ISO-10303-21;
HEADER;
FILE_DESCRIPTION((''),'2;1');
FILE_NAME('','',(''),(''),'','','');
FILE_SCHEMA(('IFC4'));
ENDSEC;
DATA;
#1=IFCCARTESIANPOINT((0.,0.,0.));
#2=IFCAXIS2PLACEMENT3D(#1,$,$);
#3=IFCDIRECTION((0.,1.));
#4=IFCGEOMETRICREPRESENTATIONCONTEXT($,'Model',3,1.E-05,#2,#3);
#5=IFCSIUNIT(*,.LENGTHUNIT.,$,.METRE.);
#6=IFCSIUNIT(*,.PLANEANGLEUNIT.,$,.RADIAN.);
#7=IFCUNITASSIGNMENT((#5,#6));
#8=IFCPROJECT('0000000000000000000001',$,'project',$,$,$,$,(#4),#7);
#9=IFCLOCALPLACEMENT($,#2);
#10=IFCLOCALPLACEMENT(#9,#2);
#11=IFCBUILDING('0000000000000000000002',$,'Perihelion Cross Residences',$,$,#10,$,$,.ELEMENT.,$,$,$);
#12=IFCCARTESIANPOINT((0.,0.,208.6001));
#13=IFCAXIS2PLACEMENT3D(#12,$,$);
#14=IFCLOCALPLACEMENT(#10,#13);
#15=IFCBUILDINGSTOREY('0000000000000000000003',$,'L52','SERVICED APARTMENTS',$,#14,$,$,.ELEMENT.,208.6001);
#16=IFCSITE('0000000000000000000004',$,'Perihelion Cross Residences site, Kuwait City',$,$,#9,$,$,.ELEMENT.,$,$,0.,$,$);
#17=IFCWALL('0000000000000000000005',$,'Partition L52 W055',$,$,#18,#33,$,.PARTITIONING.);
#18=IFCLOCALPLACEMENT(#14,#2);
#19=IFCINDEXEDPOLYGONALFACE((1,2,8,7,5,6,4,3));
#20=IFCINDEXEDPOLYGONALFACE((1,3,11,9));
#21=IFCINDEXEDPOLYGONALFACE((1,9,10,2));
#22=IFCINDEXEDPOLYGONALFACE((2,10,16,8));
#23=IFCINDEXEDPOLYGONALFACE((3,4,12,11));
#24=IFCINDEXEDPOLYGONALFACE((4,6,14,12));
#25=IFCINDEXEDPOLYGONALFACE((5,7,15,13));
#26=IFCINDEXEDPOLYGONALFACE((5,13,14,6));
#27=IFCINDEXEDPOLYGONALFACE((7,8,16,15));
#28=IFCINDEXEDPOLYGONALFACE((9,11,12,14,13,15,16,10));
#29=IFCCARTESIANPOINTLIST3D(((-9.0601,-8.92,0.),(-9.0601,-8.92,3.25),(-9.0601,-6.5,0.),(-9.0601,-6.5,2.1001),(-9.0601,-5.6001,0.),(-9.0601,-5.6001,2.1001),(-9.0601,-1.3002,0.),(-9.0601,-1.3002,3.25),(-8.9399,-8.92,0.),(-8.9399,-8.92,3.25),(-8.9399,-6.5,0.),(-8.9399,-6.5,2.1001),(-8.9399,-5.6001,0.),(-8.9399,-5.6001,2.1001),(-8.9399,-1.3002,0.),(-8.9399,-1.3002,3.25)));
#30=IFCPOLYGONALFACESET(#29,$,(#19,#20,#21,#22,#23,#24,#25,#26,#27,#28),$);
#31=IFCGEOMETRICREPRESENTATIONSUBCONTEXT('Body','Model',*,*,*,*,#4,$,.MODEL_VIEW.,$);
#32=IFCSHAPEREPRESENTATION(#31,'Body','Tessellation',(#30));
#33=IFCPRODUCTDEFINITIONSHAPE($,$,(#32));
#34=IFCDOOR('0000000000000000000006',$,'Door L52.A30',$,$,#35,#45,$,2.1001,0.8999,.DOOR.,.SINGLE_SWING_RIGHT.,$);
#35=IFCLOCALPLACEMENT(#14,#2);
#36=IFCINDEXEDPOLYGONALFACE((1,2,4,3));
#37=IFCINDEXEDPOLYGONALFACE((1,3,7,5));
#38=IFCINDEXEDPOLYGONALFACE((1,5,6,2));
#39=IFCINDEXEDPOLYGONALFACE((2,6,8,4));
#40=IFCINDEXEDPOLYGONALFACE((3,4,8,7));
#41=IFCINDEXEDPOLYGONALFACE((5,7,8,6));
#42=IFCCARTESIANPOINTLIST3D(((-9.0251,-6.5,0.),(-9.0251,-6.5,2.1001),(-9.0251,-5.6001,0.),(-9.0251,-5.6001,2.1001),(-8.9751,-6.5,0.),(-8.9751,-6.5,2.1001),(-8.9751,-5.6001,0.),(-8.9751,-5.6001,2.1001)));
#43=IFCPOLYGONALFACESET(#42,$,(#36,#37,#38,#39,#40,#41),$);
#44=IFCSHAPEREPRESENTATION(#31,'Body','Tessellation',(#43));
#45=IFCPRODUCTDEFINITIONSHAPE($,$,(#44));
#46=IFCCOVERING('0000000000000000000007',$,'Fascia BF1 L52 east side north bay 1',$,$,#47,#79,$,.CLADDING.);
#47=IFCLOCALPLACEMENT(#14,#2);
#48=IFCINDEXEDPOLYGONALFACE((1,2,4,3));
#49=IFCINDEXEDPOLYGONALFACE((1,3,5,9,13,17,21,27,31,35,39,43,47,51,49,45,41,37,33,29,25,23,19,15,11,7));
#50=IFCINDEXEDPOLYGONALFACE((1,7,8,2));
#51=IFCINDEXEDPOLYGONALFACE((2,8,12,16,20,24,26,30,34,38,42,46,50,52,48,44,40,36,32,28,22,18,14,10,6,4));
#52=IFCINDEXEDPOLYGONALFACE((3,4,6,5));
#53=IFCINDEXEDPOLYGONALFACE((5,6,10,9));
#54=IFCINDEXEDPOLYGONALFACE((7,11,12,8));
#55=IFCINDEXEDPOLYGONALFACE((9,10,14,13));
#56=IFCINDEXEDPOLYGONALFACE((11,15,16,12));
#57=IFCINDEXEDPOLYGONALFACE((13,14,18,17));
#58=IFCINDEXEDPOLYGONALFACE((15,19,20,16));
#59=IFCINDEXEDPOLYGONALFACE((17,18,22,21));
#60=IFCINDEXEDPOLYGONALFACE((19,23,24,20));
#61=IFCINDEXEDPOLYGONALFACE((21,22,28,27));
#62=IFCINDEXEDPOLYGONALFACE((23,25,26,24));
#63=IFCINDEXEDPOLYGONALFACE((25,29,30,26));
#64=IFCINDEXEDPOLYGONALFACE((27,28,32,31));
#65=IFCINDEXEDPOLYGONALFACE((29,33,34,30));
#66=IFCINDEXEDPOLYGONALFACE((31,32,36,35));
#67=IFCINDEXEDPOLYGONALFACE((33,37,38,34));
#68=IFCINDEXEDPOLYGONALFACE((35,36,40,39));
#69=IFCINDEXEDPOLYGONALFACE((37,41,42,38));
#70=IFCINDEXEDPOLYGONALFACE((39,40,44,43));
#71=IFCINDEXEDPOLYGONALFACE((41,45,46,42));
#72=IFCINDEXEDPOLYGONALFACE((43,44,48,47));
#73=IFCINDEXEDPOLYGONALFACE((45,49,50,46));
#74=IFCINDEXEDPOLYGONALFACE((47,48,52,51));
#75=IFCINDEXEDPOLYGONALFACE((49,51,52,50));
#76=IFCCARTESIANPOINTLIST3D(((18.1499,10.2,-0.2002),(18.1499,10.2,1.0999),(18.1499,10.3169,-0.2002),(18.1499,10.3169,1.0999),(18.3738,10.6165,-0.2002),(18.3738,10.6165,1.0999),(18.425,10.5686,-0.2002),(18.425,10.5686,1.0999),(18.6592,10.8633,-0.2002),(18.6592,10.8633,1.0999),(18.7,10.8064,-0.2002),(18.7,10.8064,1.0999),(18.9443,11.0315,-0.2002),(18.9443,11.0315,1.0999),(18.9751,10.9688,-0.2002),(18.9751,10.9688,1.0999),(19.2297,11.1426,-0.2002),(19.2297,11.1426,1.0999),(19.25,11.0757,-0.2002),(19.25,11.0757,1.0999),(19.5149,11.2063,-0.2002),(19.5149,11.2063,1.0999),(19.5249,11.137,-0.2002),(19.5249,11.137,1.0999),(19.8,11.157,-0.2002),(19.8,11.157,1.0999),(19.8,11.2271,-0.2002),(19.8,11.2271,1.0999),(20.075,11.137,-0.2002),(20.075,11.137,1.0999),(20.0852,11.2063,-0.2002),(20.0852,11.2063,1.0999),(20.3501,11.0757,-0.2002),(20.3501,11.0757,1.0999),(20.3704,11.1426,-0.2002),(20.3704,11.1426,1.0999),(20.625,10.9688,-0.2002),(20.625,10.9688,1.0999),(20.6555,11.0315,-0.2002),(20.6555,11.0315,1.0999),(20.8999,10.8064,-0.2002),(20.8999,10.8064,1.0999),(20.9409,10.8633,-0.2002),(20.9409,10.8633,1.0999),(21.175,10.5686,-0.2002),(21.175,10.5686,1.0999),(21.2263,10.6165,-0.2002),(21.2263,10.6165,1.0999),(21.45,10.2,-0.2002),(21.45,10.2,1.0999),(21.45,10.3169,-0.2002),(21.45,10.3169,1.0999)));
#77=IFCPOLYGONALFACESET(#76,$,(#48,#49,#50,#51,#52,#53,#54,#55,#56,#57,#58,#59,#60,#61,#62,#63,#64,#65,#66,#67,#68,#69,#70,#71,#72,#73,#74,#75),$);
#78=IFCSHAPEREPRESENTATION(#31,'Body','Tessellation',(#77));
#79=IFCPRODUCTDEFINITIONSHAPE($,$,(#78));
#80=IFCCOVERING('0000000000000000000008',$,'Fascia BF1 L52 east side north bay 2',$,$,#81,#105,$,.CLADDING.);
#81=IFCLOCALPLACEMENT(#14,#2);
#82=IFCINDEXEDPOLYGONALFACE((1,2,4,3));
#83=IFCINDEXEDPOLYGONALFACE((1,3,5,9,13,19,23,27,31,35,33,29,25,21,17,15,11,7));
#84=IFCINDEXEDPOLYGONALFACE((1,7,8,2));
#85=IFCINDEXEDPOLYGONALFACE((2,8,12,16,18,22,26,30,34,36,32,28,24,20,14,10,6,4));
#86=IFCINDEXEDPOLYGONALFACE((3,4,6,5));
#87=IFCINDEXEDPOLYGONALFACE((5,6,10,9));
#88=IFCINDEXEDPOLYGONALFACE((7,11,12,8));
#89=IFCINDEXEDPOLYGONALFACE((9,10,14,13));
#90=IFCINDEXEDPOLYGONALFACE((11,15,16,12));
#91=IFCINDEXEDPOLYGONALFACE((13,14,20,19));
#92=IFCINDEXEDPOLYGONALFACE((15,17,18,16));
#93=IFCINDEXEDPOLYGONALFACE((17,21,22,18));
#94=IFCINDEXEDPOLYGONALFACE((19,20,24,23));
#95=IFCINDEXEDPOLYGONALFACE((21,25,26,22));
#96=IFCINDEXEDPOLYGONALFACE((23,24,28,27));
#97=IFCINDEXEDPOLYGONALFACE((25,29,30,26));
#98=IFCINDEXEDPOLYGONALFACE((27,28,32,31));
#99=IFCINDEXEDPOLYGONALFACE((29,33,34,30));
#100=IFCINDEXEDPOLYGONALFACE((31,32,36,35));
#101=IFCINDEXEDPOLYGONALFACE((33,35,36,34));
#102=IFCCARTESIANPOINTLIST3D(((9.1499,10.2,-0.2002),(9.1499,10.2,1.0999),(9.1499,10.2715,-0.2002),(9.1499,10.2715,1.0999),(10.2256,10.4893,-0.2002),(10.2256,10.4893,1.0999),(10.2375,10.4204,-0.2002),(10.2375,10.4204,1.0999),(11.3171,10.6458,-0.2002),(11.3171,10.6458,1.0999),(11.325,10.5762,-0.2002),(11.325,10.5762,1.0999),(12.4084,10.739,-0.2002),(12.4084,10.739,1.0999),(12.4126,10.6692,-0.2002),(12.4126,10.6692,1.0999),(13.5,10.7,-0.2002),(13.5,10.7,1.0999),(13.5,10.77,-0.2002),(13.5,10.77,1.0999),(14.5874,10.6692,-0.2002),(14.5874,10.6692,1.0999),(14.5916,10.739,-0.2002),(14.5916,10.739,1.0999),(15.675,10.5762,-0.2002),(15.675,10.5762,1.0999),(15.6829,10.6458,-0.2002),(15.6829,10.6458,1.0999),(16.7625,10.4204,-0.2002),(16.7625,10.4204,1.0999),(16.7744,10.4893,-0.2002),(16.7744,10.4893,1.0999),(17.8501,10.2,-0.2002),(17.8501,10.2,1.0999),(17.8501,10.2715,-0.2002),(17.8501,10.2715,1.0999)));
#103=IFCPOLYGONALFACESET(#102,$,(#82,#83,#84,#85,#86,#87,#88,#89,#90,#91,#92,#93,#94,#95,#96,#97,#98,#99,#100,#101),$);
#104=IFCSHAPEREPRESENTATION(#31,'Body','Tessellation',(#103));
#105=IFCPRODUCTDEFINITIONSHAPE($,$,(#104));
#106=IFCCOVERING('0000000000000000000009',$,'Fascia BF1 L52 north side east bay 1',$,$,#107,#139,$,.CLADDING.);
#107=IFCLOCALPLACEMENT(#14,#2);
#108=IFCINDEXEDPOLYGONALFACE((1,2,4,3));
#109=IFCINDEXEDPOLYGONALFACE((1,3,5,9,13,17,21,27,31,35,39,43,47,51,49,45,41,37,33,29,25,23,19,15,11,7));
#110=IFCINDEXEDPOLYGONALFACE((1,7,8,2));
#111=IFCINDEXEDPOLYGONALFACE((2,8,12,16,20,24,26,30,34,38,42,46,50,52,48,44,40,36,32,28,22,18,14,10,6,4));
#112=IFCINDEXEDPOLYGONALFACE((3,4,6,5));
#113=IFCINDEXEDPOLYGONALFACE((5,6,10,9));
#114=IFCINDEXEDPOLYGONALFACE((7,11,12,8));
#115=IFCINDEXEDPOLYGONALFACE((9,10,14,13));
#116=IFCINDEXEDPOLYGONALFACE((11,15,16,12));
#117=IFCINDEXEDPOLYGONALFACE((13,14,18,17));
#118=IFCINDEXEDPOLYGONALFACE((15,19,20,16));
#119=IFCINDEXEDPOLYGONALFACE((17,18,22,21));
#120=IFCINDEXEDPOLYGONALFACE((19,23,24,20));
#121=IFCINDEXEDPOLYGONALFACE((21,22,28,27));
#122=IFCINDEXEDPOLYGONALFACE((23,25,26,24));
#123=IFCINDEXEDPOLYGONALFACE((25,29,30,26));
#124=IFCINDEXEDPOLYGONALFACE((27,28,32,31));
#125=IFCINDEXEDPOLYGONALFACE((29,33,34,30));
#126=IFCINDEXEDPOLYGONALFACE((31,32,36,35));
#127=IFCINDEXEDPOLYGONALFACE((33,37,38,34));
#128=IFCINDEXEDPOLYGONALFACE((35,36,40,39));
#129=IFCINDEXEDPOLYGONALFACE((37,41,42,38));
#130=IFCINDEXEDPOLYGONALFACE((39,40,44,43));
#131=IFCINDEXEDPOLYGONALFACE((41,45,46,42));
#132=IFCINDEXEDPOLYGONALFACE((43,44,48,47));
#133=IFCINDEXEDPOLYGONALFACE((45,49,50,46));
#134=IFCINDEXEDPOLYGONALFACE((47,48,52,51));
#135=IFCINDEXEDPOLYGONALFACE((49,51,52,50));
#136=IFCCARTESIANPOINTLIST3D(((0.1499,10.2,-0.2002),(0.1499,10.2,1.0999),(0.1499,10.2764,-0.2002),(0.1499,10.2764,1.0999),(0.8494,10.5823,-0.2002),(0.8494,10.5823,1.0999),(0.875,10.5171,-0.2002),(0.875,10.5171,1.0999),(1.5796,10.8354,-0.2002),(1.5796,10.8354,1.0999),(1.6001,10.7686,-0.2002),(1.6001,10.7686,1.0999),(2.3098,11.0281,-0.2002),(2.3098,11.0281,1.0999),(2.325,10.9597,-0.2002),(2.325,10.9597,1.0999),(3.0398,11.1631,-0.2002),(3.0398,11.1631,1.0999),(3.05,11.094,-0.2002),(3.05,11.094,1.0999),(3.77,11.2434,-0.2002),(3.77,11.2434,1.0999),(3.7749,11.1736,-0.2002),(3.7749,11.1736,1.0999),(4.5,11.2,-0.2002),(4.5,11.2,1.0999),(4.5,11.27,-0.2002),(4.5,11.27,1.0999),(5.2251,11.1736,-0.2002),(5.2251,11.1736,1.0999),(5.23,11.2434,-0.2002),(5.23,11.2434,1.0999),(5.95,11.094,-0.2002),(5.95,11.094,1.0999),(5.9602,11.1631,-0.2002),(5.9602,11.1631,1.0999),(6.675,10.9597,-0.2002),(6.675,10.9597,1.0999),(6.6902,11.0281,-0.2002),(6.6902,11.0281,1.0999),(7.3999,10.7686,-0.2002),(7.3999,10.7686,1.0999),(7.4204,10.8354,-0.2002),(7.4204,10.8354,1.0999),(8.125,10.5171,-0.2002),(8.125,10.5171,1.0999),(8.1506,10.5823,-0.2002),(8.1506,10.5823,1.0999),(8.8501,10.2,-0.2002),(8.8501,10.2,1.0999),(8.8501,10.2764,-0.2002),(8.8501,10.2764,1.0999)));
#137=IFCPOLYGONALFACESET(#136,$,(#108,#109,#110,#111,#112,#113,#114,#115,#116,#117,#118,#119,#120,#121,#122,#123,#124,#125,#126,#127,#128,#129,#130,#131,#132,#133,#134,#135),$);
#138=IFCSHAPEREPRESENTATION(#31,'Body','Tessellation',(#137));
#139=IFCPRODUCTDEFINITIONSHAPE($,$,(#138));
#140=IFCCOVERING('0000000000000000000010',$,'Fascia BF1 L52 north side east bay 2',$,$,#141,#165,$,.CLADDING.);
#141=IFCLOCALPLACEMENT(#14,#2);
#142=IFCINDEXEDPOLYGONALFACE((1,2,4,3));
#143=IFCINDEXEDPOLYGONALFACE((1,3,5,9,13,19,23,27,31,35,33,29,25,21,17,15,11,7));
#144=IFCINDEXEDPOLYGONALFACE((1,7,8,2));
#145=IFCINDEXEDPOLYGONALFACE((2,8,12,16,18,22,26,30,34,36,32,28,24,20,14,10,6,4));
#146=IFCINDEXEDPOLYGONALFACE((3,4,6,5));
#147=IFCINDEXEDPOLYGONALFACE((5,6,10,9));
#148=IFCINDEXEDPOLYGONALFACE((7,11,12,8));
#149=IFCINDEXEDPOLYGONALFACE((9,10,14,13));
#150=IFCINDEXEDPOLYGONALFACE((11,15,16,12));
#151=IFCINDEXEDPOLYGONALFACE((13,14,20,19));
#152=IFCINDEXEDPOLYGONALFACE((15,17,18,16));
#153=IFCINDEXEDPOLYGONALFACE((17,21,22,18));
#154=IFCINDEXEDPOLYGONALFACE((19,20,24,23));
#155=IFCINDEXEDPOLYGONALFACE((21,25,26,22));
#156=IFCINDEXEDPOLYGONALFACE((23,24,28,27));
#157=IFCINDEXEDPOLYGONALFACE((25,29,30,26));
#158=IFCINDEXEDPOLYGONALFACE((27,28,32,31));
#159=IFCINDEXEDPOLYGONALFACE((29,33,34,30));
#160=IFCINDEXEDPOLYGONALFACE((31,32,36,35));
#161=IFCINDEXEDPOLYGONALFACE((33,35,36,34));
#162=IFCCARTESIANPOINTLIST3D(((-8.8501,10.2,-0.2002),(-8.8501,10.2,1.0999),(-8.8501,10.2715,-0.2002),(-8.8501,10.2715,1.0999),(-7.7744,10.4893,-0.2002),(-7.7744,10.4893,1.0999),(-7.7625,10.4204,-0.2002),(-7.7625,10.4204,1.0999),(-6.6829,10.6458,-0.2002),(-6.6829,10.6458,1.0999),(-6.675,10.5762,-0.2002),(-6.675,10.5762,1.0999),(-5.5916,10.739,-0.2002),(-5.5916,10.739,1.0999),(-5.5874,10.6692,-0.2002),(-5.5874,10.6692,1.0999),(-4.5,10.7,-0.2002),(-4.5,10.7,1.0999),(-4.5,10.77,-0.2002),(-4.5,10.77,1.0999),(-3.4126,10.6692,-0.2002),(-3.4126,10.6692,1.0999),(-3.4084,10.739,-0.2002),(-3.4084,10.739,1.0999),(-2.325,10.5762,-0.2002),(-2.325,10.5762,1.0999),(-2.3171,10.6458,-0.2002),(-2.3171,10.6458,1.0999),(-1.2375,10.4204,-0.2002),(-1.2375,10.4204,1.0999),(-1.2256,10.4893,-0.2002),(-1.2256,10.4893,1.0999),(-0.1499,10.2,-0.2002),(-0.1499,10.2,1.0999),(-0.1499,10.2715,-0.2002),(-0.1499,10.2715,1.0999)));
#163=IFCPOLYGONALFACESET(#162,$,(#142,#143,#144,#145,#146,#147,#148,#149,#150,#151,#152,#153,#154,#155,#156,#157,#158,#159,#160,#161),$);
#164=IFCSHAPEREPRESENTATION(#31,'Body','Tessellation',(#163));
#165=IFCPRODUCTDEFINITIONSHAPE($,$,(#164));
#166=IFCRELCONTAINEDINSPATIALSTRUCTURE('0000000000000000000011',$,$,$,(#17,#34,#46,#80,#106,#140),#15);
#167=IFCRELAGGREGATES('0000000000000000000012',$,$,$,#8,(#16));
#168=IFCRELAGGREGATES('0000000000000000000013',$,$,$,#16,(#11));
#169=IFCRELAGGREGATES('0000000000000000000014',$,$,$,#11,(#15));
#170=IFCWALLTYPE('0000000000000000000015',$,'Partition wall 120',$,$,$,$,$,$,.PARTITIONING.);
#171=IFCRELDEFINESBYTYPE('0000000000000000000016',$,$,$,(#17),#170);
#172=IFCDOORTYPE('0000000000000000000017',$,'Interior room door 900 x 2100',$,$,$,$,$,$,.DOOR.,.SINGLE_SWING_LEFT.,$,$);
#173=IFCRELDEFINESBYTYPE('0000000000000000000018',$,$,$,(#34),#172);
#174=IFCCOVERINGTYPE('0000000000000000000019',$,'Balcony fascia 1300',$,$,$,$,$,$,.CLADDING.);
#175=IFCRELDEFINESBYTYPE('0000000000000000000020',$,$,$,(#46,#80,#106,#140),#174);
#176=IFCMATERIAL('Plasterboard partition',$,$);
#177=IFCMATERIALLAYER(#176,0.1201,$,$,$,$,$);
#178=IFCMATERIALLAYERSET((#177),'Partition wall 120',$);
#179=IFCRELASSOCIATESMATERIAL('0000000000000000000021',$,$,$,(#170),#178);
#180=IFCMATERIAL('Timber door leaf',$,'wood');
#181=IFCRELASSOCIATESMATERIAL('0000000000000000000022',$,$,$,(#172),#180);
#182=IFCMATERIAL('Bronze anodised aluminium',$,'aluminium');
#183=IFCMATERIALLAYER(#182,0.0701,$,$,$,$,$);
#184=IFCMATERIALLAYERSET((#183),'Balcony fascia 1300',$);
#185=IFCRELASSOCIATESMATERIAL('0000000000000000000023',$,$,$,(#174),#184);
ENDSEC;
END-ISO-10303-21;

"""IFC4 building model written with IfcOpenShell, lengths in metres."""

from ifc_helpers import new_model, si_unit, direction, frame, frame_2d, origin, place, context, subcontext, project, spatial, polyline, rectangle, outline, extrude, material, layer, layer_set, type_object, element, fill, save


model = new_model("IFC4")

# Units and contexts
model_context = context("Model", 3, precision=1e-05, world=origin(), true_north=direction((0.0, 1.0)))
body_context = subcontext(model_context, "Body", "Model", "MODEL_VIEW")
ifc_project = project(units=[si_unit("LENGTHUNIT", "METRE"), si_unit("PLANEANGLEUNIT", "RADIAN")], contexts=[model_context])

# Site, building, storey
site_placement = place(None, origin())
site = spatial("IfcSite", under=ifc_project, at=site_placement, Name="Perihelion Cross Residences site, Kuwait City", CompositionType="ELEMENT", RefElevation=0.0)
building_placement = place(site_placement, origin())
building = spatial("IfcBuilding", under=site, at=building_placement, Name="Perihelion Cross Residences", CompositionType="ELEMENT")
storey_placement = place(building_placement, frame((0.0, 0.0, 208.6001)))
storey = spatial("IfcBuildingStorey", under=building, at=storey_placement, Name="L52", Description="SERVICED APARTMENTS", CompositionType="ELEMENT", Elevation=208.6001)

# Wall, opening, door
ifc_material_1 = material(Name="Plasterboard partition")
ifc_layer_1 = layer(ifc_material_1, 0.1201)
ifc_layer_set_1 = layer_set([ifc_layer_1], Name="Partition wall 120")
wall_type_1 = type_object("IfcWallType", Name="Partition wall 120", PredefinedType="PARTITIONING", material=ifc_layer_set_1)
wall_1_placement = place(storey_placement, frame((-9.0, -1.3, 0.0), z_axis=(0.0, 0.0, 1.0), x_axis=(0.0, -1.0, 0.0)))
wall_1 = element("IfcWall", 1, at=wall_1_placement, inside=storey, type_object=wall_type_1, Name="Partition L52 W055", PredefinedType="PARTITIONING", context=body_context, shape_type="SweptSolid", body=[
    extrude(rectangle(XDim=7.6199, YDim=0.1201, at=frame_2d((3.8101, 0.0))), origin(), (0.0, 0.0, 1.0), 3.25),
])
opening_1_placement = place(wall_1_placement, frame((4.3, 0.0, 0.0)))
opening_1 = element("IfcOpeningElement", 2, at=opening_1_placement, cuts=wall_1, PredefinedType="OPENING", context=body_context, shape_type="SweptSolid", body=[
    extrude(rectangle(XDim=0.8999, YDim=2.1001, at=frame_2d((0.45, 1.05))), frame((0.0, 0.0701, 0.0), z_axis=(0.0, -1.0, 0.0), x_axis=(1.0, 0.0, 0.0)), (0.0, 0.0, 1.0), 0.1401),
])
ifc_material_2 = material(Name="Timber door leaf", Category="wood")
door_type_1 = type_object("IfcDoorType", Name="Interior room door 900 x 2100", OperationType="SINGLE_SWING_LEFT", PredefinedType="DOOR", material=ifc_material_2)
door_1_placement = place(opening_1_placement, origin())
door_1 = element("IfcDoor", 3, at=door_1_placement, inside=storey, type_object=door_type_1, Name="Door L52.A30", OperationType="SINGLE_SWING_RIGHT", OverallHeight=2.1001, OverallWidth=0.8999, PredefinedType="DOOR", context=body_context, shape_type="SweptSolid", body=[
    extrude(rectangle(XDim=0.8999, YDim=2.1001, at=frame_2d((0.45, 1.05))), frame((0.0, 0.0249, 0.0), z_axis=(0.0, -1.0, 0.0), x_axis=(1.0, 0.0, 0.0)), (0.0, 0.0, 1.0), 0.05),
])
fill(opening_1, door_1)

# Coverings
ifc_material_3 = material(Name="Bronze anodised aluminium", Category="aluminium")
ifc_layer_2 = layer(ifc_material_3, 0.0701)
ifc_layer_set_2 = layer_set([ifc_layer_2], Name="Balcony fascia 1300")
covering_type = type_object("IfcCoveringType", Name="Balcony fascia 1300", PredefinedType="CLADDING", material=ifc_layer_set_2)
covering_1_placement = place(storey_placement, frame((0.0, 0.0, -0.2002)))
element("IfcCovering", 4, at=covering_1_placement, inside=storey, type_object=covering_type, Name="Fascia BF1 L52 east side north bay 1", PredefinedType="CLADDING", context=body_context, shape_type="SweptSolid", body=[
    extrude(outline(polyline([(21.2263, 10.6165), (20.9409, 10.8633), (20.6555, 11.0315), (20.3704, 11.1426), (20.0852, 11.2063), (19.8, 11.2271), (19.5149, 11.2063), (19.2297, 11.1426), (18.9443, 11.0315), (18.6592, 10.8633), (18.3738, 10.6165), (18.1499, 10.3169), (18.1499, 10.2), (18.425, 10.5686), (18.7, 10.8064), (18.9751, 10.9688), (19.25, 11.0757), (19.5249, 11.137), (19.8, 11.157), (20.075, 11.137), (20.3501, 11.0757), (20.625, 10.9688), (20.8999, 10.8064), (21.175, 10.5686), (21.45, 10.2), (21.45, 10.3169), (21.2263, 10.6165)])), origin(), (0.0, 0.0, 1.0), 1.3),
])
covering_2_placement = place(storey_placement, frame((0.0, 0.0, -0.2002)))
element("IfcCovering", 5, at=covering_2_placement, inside=storey, type_object=covering_type, Name="Fascia BF1 L52 east side north bay 2", PredefinedType="CLADDING", context=body_context, shape_type="SweptSolid", body=[
    extrude(outline(polyline([(16.7744, 10.4893), (15.6829, 10.6458), (14.5916, 10.739), (13.5, 10.77), (12.4084, 10.739), (11.3171, 10.6458), (10.2256, 10.4893), (9.1499, 10.2715), (9.1499, 10.2), (10.2375, 10.4204), (11.325, 10.5762), (12.4126, 10.6692), (13.5, 10.7), (14.5874, 10.6692), (15.675, 10.5762), (16.7625, 10.4204), (17.8501, 10.2), (17.8501, 10.2715), (16.7744, 10.4893)])), origin(), (0.0, 0.0, 1.0), 1.3),
])
covering_3_placement = place(storey_placement, frame((0.0, 0.0, -0.2002)))
element("IfcCovering", 6, at=covering_3_placement, inside=storey, type_object=covering_type, Name="Fascia BF1 L52 north side east bay 1", PredefinedType="CLADDING", context=body_context, shape_type="SweptSolid", body=[
    extrude(outline(polyline([(8.1506, 10.5823), (7.4204, 10.8354), (6.6902, 11.0281), (5.9602, 11.1631), (5.23, 11.2434), (4.5, 11.27), (3.77, 11.2434), (3.0398, 11.1631), (2.3098, 11.0281), (1.5796, 10.8354), (0.8494, 10.5823), (0.1499, 10.2764), (0.1499, 10.2), (0.875, 10.5171), (1.6001, 10.7686), (2.325, 10.9597), (3.05, 11.094), (3.7749, 11.1736), (4.5, 11.2), (5.2251, 11.1736), (5.95, 11.094), (6.675, 10.9597), (7.3999, 10.7686), (8.125, 10.5171), (8.8501, 10.2), (8.8501, 10.2764), (8.1506, 10.5823)])), origin(), (0.0, 0.0, 1.0), 1.3),
])
covering_4_placement = place(storey_placement, frame((0.0, 0.0, -0.2002)))
element("IfcCovering", 7, at=covering_4_placement, inside=storey, type_object=covering_type, Name="Fascia BF1 L52 north side east bay 2", PredefinedType="CLADDING", context=body_context, shape_type="SweptSolid", body=[
    extrude(outline(polyline([(-1.2256, 10.4893), (-2.3171, 10.6458), (-3.4084, 10.739), (-4.5, 10.77), (-5.5916, 10.739), (-6.6829, 10.6458), (-7.7744, 10.4893), (-8.8501, 10.2715), (-8.8501, 10.2), (-7.7625, 10.4204), (-6.675, 10.5762), (-5.5874, 10.6692), (-4.5, 10.7), (-3.4126, 10.6692), (-2.325, 10.5762), (-1.2375, 10.4204), (-0.1499, 10.2), (-0.1499, 10.2715), (-1.2256, 10.4893)])), origin(), (0.0, 0.0, 1.0), 1.3),
])

save(model, "model.ifc")
